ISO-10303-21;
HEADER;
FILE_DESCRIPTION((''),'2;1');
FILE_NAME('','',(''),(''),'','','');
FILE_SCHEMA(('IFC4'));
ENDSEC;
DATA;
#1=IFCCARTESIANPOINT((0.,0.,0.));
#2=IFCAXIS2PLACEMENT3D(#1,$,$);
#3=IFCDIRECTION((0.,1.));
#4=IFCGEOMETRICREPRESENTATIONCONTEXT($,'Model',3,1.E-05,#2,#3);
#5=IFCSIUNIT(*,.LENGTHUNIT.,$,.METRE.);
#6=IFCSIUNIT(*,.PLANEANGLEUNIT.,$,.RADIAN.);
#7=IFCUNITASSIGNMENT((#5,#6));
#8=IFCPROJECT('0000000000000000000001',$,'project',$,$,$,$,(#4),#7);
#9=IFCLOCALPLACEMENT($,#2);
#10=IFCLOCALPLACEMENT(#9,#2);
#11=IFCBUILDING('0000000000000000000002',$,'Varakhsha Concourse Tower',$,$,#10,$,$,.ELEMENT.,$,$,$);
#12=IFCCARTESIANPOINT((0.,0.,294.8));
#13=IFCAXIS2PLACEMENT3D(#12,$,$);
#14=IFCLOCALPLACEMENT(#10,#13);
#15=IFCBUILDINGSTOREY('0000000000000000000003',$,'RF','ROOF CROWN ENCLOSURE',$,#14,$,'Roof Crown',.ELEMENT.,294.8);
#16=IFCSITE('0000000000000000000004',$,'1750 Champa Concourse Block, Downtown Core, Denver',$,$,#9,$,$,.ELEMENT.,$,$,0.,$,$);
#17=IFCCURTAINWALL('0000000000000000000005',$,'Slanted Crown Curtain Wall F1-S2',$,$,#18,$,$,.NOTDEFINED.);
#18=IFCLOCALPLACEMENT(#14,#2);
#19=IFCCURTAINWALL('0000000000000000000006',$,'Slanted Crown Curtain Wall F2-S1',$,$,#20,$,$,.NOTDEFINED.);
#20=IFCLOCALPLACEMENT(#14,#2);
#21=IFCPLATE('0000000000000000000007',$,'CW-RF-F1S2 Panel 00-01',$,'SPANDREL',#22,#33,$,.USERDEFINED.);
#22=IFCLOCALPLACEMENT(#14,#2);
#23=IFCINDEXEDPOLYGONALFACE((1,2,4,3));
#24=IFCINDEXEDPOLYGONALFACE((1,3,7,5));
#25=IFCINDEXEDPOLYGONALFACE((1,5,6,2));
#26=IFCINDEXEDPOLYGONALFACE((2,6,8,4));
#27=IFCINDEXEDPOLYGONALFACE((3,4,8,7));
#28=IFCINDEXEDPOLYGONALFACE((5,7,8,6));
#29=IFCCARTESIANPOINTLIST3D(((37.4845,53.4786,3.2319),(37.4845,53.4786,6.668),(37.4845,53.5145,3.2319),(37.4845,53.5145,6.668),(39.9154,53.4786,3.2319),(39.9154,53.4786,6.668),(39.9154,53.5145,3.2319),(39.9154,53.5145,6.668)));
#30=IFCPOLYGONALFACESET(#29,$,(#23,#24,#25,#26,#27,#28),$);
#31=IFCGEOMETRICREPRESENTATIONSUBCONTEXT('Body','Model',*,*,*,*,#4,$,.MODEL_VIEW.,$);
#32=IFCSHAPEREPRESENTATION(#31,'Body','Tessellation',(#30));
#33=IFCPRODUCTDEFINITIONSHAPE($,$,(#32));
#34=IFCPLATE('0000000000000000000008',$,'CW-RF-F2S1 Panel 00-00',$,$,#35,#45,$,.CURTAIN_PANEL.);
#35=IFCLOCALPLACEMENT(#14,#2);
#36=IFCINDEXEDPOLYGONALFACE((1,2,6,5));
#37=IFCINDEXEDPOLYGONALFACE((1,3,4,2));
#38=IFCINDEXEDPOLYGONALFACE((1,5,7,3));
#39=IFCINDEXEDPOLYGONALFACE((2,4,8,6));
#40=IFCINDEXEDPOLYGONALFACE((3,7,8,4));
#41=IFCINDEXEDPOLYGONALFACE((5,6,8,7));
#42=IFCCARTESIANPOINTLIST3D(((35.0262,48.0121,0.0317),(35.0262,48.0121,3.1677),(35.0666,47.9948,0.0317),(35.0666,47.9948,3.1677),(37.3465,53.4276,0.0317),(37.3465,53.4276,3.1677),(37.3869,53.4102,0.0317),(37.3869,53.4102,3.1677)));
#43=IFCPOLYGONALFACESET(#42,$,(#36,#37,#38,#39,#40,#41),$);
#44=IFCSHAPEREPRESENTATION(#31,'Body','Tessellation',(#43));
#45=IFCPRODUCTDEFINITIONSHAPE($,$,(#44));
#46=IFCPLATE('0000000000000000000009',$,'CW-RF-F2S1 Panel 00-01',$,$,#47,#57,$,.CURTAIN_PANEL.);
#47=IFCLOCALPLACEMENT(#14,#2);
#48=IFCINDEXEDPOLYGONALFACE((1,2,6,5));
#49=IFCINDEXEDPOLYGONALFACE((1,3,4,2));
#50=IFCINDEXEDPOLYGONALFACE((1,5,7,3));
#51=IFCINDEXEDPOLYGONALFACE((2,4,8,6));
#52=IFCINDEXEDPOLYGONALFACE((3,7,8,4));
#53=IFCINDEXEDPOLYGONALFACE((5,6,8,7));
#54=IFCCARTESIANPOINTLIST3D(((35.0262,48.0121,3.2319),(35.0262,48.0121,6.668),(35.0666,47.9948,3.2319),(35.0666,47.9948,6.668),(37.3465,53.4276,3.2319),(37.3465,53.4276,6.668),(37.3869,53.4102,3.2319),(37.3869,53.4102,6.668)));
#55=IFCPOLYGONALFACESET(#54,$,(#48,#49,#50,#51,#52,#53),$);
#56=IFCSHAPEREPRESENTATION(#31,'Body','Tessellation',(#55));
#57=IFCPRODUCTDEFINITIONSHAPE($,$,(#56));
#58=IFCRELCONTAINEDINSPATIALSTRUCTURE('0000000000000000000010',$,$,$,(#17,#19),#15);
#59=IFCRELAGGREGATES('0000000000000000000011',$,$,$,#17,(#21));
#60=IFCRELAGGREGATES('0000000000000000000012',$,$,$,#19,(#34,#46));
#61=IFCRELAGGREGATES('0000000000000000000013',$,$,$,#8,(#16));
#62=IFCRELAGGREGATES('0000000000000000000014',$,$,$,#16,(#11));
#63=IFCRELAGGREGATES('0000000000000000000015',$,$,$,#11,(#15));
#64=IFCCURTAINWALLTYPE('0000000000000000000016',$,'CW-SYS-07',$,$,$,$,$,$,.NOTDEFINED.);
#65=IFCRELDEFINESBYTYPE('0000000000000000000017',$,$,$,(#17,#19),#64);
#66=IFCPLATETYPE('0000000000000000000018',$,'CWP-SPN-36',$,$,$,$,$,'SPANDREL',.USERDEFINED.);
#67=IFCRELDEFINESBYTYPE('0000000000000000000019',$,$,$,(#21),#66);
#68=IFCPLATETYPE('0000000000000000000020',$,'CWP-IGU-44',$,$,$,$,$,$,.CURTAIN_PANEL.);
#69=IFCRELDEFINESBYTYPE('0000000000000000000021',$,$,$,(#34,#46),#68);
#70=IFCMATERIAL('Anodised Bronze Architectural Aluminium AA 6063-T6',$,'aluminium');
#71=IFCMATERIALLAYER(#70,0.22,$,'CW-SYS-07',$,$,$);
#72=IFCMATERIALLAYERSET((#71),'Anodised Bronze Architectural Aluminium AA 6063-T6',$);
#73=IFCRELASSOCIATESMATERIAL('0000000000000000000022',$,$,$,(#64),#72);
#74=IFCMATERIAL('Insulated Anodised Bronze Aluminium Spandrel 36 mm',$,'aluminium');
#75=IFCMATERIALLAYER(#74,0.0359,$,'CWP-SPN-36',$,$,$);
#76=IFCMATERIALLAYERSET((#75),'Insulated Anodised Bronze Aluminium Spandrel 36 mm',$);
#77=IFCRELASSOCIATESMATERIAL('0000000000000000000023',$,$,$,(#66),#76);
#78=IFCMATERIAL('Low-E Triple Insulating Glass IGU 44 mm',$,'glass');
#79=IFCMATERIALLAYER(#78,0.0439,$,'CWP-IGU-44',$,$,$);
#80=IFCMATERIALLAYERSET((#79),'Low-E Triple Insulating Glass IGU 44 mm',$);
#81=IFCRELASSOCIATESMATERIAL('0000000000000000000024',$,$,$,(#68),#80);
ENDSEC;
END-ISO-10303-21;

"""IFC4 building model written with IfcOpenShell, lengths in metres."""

from ifc_helpers import new_model, si_unit, direction, frame, origin, origin_2d, place, context, subcontext, project, spatial, rectangle, extrude, source, transform, mapped, material, layer, layer_set, type_object, type_shapes, element, aggregate, save


model = new_model("IFC4")

# Units and contexts
model_context = context("Model", 3, precision=1e-05, world=origin(), true_north=direction((0.0, 1.0)))
body_context = subcontext(model_context, "Body", "Model", "MODEL_VIEW")
ifc_project = project(units=[si_unit("LENGTHUNIT", "METRE"), si_unit("PLANEANGLEUNIT", "RADIAN")], contexts=[model_context])

# Site, building, storey
site_placement = place(None, origin())
site = spatial("IfcSite", under=ifc_project, at=site_placement, Name="1750 Champa Concourse Block, Downtown Core, Denver", CompositionType="ELEMENT", RefElevation=0.0)
building_placement = place(site_placement, origin())
building = spatial("IfcBuilding", under=site, at=building_placement, Name="Varakhsha Concourse Tower", CompositionType="ELEMENT")
storey_placement = place(building_placement, frame((0.0, 0.0, 294.8)))
storey = spatial("IfcBuildingStorey", under=building, at=storey_placement, Name="RF", Description="ROOF CROWN ENCLOSURE", LongName="Roof Crown", CompositionType="ELEMENT", Elevation=294.8)

# Curtain walls
ifc_material_1 = material(Name="Anodised Bronze Architectural Aluminium AA 6063-T6", Category="aluminium")
ifc_layer_1 = layer(ifc_material_1, 0.22, Name="CW-SYS-07")
ifc_layer_set_1 = layer_set([ifc_layer_1], Name="Anodised Bronze Architectural Aluminium AA 6063-T6")
curtain_wall_type = type_object("IfcCurtainWallType", Name="CW-SYS-07", PredefinedType="NOTDEFINED", material=ifc_layer_set_1)
curtain_wall_1_placement = place(storey_placement, origin())
curtain_wall_1 = element("IfcCurtainWall", 1, at=curtain_wall_1_placement, inside=storey, type_object=curtain_wall_type, Name="Slanted Crown Curtain Wall F1-S2", PredefinedType="NOTDEFINED")
curtain_wall_2_placement = place(storey_placement, origin())
curtain_wall_2 = element("IfcCurtainWall", 2, at=curtain_wall_2_placement, inside=storey, type_object=curtain_wall_type, Name="Slanted Crown Curtain Wall F2-S1", PredefinedType="NOTDEFINED")

# Plates
ifc_material_2 = material(Name="Insulated Anodised Bronze Aluminium Spandrel 36 mm", Category="aluminium")
ifc_layer_2 = layer(ifc_material_2, 0.0359, Name="CWP-SPN-36")
ifc_layer_set_2 = layer_set([ifc_layer_2], Name="Insulated Anodised Bronze Aluminium Spandrel 36 mm")
plate_type_1 = type_object("IfcPlateType", Name="CWP-SPN-36", ElementType="SPANDREL", PredefinedType="USERDEFINED", material=ifc_layer_set_2)
shared_shape_1 = source(origin(), body_context, "Body", "SweptSolid", [
    extrude(rectangle(XDim=2.4309, YDim=0.0359, at=origin_2d()), origin(), (0.0, 0.0, 1.0), 3.436),
])
plate_1_placement = place(storey_placement, frame((38.7, 53.4966, 3.2319), z_axis=(0.0, 0.0, 1.0), x_axis=(1.0, 0.0, 0.0)))
plate_1 = element("IfcPlate", 3, at=plate_1_placement, type_object=plate_type_1, Name="CW-RF-F1S2 Panel 00-01", ObjectType="SPANDREL", PredefinedType="USERDEFINED", context=body_context, shape_type="MappedRepresentation", body=[
    mapped(shared_shape_1, transform((0.0, 0.0, 0.0), scale=1.0)),
])
aggregate(curtain_wall_1, [plate_1])
ifc_material_3 = material(Name="Low-E Triple Insulating Glass IGU 44 mm", Category="glass")
ifc_layer_3 = layer(ifc_material_3, 0.0439, Name="CWP-IGU-44")
ifc_layer_set_3 = layer_set([ifc_layer_3], Name="Low-E Triple Insulating Glass IGU 44 mm")
plate_type_2 = type_object("IfcPlateType", Name="CWP-IGU-44", PredefinedType="CURTAIN_PANEL", material=ifc_layer_set_3)
shared_shape_2 = source(origin(), body_context, "Body", "SweptSolid", [
    extrude(rectangle(XDim=5.8916, YDim=0.0439, at=origin_2d()), origin(), (0.0, 0.0, 1.0), 3.136),
])
plate_2_placement = place(storey_placement, frame((36.2065, 50.7112, 0.0317), z_axis=(0.0, 0.0, 1.0), x_axis=(0.393841, 0.919179, 0.0)))
plate_2 = element("IfcPlate", 4, at=plate_2_placement, type_object=plate_type_2, Name="CW-RF-F2S1 Panel 00-00", PredefinedType="CURTAIN_PANEL", context=body_context, shape_type="MappedRepresentation", body=[
    mapped(shared_shape_2, transform((0.0, 0.0, 0.0), scale=1.0)),
])
shared_shape_3 = source(origin(), body_context, "Body", "SweptSolid", [
    extrude(rectangle(XDim=5.8916, YDim=0.0439, at=origin_2d()), origin(), (0.0, 0.0, 1.0), 3.436),
])
type_shapes(plate_type_2, [shared_shape_2, shared_shape_3])
plate_3_placement = place(storey_placement, frame((36.2065, 50.7112, 3.2319), z_axis=(0.0, 0.0, 1.0), x_axis=(0.393841, 0.919179, 0.0)))
plate_3 = element("IfcPlate", 5, at=plate_3_placement, type_object=plate_type_2, Name="CW-RF-F2S1 Panel 00-01", PredefinedType="CURTAIN_PANEL", context=body_context, shape_type="MappedRepresentation", body=[
    mapped(shared_shape_3, transform((0.0, 0.0, 0.0), scale=1.0)),
])
aggregate(curtain_wall_2, [plate_2, plate_3])

save(model, "model.ifc")
